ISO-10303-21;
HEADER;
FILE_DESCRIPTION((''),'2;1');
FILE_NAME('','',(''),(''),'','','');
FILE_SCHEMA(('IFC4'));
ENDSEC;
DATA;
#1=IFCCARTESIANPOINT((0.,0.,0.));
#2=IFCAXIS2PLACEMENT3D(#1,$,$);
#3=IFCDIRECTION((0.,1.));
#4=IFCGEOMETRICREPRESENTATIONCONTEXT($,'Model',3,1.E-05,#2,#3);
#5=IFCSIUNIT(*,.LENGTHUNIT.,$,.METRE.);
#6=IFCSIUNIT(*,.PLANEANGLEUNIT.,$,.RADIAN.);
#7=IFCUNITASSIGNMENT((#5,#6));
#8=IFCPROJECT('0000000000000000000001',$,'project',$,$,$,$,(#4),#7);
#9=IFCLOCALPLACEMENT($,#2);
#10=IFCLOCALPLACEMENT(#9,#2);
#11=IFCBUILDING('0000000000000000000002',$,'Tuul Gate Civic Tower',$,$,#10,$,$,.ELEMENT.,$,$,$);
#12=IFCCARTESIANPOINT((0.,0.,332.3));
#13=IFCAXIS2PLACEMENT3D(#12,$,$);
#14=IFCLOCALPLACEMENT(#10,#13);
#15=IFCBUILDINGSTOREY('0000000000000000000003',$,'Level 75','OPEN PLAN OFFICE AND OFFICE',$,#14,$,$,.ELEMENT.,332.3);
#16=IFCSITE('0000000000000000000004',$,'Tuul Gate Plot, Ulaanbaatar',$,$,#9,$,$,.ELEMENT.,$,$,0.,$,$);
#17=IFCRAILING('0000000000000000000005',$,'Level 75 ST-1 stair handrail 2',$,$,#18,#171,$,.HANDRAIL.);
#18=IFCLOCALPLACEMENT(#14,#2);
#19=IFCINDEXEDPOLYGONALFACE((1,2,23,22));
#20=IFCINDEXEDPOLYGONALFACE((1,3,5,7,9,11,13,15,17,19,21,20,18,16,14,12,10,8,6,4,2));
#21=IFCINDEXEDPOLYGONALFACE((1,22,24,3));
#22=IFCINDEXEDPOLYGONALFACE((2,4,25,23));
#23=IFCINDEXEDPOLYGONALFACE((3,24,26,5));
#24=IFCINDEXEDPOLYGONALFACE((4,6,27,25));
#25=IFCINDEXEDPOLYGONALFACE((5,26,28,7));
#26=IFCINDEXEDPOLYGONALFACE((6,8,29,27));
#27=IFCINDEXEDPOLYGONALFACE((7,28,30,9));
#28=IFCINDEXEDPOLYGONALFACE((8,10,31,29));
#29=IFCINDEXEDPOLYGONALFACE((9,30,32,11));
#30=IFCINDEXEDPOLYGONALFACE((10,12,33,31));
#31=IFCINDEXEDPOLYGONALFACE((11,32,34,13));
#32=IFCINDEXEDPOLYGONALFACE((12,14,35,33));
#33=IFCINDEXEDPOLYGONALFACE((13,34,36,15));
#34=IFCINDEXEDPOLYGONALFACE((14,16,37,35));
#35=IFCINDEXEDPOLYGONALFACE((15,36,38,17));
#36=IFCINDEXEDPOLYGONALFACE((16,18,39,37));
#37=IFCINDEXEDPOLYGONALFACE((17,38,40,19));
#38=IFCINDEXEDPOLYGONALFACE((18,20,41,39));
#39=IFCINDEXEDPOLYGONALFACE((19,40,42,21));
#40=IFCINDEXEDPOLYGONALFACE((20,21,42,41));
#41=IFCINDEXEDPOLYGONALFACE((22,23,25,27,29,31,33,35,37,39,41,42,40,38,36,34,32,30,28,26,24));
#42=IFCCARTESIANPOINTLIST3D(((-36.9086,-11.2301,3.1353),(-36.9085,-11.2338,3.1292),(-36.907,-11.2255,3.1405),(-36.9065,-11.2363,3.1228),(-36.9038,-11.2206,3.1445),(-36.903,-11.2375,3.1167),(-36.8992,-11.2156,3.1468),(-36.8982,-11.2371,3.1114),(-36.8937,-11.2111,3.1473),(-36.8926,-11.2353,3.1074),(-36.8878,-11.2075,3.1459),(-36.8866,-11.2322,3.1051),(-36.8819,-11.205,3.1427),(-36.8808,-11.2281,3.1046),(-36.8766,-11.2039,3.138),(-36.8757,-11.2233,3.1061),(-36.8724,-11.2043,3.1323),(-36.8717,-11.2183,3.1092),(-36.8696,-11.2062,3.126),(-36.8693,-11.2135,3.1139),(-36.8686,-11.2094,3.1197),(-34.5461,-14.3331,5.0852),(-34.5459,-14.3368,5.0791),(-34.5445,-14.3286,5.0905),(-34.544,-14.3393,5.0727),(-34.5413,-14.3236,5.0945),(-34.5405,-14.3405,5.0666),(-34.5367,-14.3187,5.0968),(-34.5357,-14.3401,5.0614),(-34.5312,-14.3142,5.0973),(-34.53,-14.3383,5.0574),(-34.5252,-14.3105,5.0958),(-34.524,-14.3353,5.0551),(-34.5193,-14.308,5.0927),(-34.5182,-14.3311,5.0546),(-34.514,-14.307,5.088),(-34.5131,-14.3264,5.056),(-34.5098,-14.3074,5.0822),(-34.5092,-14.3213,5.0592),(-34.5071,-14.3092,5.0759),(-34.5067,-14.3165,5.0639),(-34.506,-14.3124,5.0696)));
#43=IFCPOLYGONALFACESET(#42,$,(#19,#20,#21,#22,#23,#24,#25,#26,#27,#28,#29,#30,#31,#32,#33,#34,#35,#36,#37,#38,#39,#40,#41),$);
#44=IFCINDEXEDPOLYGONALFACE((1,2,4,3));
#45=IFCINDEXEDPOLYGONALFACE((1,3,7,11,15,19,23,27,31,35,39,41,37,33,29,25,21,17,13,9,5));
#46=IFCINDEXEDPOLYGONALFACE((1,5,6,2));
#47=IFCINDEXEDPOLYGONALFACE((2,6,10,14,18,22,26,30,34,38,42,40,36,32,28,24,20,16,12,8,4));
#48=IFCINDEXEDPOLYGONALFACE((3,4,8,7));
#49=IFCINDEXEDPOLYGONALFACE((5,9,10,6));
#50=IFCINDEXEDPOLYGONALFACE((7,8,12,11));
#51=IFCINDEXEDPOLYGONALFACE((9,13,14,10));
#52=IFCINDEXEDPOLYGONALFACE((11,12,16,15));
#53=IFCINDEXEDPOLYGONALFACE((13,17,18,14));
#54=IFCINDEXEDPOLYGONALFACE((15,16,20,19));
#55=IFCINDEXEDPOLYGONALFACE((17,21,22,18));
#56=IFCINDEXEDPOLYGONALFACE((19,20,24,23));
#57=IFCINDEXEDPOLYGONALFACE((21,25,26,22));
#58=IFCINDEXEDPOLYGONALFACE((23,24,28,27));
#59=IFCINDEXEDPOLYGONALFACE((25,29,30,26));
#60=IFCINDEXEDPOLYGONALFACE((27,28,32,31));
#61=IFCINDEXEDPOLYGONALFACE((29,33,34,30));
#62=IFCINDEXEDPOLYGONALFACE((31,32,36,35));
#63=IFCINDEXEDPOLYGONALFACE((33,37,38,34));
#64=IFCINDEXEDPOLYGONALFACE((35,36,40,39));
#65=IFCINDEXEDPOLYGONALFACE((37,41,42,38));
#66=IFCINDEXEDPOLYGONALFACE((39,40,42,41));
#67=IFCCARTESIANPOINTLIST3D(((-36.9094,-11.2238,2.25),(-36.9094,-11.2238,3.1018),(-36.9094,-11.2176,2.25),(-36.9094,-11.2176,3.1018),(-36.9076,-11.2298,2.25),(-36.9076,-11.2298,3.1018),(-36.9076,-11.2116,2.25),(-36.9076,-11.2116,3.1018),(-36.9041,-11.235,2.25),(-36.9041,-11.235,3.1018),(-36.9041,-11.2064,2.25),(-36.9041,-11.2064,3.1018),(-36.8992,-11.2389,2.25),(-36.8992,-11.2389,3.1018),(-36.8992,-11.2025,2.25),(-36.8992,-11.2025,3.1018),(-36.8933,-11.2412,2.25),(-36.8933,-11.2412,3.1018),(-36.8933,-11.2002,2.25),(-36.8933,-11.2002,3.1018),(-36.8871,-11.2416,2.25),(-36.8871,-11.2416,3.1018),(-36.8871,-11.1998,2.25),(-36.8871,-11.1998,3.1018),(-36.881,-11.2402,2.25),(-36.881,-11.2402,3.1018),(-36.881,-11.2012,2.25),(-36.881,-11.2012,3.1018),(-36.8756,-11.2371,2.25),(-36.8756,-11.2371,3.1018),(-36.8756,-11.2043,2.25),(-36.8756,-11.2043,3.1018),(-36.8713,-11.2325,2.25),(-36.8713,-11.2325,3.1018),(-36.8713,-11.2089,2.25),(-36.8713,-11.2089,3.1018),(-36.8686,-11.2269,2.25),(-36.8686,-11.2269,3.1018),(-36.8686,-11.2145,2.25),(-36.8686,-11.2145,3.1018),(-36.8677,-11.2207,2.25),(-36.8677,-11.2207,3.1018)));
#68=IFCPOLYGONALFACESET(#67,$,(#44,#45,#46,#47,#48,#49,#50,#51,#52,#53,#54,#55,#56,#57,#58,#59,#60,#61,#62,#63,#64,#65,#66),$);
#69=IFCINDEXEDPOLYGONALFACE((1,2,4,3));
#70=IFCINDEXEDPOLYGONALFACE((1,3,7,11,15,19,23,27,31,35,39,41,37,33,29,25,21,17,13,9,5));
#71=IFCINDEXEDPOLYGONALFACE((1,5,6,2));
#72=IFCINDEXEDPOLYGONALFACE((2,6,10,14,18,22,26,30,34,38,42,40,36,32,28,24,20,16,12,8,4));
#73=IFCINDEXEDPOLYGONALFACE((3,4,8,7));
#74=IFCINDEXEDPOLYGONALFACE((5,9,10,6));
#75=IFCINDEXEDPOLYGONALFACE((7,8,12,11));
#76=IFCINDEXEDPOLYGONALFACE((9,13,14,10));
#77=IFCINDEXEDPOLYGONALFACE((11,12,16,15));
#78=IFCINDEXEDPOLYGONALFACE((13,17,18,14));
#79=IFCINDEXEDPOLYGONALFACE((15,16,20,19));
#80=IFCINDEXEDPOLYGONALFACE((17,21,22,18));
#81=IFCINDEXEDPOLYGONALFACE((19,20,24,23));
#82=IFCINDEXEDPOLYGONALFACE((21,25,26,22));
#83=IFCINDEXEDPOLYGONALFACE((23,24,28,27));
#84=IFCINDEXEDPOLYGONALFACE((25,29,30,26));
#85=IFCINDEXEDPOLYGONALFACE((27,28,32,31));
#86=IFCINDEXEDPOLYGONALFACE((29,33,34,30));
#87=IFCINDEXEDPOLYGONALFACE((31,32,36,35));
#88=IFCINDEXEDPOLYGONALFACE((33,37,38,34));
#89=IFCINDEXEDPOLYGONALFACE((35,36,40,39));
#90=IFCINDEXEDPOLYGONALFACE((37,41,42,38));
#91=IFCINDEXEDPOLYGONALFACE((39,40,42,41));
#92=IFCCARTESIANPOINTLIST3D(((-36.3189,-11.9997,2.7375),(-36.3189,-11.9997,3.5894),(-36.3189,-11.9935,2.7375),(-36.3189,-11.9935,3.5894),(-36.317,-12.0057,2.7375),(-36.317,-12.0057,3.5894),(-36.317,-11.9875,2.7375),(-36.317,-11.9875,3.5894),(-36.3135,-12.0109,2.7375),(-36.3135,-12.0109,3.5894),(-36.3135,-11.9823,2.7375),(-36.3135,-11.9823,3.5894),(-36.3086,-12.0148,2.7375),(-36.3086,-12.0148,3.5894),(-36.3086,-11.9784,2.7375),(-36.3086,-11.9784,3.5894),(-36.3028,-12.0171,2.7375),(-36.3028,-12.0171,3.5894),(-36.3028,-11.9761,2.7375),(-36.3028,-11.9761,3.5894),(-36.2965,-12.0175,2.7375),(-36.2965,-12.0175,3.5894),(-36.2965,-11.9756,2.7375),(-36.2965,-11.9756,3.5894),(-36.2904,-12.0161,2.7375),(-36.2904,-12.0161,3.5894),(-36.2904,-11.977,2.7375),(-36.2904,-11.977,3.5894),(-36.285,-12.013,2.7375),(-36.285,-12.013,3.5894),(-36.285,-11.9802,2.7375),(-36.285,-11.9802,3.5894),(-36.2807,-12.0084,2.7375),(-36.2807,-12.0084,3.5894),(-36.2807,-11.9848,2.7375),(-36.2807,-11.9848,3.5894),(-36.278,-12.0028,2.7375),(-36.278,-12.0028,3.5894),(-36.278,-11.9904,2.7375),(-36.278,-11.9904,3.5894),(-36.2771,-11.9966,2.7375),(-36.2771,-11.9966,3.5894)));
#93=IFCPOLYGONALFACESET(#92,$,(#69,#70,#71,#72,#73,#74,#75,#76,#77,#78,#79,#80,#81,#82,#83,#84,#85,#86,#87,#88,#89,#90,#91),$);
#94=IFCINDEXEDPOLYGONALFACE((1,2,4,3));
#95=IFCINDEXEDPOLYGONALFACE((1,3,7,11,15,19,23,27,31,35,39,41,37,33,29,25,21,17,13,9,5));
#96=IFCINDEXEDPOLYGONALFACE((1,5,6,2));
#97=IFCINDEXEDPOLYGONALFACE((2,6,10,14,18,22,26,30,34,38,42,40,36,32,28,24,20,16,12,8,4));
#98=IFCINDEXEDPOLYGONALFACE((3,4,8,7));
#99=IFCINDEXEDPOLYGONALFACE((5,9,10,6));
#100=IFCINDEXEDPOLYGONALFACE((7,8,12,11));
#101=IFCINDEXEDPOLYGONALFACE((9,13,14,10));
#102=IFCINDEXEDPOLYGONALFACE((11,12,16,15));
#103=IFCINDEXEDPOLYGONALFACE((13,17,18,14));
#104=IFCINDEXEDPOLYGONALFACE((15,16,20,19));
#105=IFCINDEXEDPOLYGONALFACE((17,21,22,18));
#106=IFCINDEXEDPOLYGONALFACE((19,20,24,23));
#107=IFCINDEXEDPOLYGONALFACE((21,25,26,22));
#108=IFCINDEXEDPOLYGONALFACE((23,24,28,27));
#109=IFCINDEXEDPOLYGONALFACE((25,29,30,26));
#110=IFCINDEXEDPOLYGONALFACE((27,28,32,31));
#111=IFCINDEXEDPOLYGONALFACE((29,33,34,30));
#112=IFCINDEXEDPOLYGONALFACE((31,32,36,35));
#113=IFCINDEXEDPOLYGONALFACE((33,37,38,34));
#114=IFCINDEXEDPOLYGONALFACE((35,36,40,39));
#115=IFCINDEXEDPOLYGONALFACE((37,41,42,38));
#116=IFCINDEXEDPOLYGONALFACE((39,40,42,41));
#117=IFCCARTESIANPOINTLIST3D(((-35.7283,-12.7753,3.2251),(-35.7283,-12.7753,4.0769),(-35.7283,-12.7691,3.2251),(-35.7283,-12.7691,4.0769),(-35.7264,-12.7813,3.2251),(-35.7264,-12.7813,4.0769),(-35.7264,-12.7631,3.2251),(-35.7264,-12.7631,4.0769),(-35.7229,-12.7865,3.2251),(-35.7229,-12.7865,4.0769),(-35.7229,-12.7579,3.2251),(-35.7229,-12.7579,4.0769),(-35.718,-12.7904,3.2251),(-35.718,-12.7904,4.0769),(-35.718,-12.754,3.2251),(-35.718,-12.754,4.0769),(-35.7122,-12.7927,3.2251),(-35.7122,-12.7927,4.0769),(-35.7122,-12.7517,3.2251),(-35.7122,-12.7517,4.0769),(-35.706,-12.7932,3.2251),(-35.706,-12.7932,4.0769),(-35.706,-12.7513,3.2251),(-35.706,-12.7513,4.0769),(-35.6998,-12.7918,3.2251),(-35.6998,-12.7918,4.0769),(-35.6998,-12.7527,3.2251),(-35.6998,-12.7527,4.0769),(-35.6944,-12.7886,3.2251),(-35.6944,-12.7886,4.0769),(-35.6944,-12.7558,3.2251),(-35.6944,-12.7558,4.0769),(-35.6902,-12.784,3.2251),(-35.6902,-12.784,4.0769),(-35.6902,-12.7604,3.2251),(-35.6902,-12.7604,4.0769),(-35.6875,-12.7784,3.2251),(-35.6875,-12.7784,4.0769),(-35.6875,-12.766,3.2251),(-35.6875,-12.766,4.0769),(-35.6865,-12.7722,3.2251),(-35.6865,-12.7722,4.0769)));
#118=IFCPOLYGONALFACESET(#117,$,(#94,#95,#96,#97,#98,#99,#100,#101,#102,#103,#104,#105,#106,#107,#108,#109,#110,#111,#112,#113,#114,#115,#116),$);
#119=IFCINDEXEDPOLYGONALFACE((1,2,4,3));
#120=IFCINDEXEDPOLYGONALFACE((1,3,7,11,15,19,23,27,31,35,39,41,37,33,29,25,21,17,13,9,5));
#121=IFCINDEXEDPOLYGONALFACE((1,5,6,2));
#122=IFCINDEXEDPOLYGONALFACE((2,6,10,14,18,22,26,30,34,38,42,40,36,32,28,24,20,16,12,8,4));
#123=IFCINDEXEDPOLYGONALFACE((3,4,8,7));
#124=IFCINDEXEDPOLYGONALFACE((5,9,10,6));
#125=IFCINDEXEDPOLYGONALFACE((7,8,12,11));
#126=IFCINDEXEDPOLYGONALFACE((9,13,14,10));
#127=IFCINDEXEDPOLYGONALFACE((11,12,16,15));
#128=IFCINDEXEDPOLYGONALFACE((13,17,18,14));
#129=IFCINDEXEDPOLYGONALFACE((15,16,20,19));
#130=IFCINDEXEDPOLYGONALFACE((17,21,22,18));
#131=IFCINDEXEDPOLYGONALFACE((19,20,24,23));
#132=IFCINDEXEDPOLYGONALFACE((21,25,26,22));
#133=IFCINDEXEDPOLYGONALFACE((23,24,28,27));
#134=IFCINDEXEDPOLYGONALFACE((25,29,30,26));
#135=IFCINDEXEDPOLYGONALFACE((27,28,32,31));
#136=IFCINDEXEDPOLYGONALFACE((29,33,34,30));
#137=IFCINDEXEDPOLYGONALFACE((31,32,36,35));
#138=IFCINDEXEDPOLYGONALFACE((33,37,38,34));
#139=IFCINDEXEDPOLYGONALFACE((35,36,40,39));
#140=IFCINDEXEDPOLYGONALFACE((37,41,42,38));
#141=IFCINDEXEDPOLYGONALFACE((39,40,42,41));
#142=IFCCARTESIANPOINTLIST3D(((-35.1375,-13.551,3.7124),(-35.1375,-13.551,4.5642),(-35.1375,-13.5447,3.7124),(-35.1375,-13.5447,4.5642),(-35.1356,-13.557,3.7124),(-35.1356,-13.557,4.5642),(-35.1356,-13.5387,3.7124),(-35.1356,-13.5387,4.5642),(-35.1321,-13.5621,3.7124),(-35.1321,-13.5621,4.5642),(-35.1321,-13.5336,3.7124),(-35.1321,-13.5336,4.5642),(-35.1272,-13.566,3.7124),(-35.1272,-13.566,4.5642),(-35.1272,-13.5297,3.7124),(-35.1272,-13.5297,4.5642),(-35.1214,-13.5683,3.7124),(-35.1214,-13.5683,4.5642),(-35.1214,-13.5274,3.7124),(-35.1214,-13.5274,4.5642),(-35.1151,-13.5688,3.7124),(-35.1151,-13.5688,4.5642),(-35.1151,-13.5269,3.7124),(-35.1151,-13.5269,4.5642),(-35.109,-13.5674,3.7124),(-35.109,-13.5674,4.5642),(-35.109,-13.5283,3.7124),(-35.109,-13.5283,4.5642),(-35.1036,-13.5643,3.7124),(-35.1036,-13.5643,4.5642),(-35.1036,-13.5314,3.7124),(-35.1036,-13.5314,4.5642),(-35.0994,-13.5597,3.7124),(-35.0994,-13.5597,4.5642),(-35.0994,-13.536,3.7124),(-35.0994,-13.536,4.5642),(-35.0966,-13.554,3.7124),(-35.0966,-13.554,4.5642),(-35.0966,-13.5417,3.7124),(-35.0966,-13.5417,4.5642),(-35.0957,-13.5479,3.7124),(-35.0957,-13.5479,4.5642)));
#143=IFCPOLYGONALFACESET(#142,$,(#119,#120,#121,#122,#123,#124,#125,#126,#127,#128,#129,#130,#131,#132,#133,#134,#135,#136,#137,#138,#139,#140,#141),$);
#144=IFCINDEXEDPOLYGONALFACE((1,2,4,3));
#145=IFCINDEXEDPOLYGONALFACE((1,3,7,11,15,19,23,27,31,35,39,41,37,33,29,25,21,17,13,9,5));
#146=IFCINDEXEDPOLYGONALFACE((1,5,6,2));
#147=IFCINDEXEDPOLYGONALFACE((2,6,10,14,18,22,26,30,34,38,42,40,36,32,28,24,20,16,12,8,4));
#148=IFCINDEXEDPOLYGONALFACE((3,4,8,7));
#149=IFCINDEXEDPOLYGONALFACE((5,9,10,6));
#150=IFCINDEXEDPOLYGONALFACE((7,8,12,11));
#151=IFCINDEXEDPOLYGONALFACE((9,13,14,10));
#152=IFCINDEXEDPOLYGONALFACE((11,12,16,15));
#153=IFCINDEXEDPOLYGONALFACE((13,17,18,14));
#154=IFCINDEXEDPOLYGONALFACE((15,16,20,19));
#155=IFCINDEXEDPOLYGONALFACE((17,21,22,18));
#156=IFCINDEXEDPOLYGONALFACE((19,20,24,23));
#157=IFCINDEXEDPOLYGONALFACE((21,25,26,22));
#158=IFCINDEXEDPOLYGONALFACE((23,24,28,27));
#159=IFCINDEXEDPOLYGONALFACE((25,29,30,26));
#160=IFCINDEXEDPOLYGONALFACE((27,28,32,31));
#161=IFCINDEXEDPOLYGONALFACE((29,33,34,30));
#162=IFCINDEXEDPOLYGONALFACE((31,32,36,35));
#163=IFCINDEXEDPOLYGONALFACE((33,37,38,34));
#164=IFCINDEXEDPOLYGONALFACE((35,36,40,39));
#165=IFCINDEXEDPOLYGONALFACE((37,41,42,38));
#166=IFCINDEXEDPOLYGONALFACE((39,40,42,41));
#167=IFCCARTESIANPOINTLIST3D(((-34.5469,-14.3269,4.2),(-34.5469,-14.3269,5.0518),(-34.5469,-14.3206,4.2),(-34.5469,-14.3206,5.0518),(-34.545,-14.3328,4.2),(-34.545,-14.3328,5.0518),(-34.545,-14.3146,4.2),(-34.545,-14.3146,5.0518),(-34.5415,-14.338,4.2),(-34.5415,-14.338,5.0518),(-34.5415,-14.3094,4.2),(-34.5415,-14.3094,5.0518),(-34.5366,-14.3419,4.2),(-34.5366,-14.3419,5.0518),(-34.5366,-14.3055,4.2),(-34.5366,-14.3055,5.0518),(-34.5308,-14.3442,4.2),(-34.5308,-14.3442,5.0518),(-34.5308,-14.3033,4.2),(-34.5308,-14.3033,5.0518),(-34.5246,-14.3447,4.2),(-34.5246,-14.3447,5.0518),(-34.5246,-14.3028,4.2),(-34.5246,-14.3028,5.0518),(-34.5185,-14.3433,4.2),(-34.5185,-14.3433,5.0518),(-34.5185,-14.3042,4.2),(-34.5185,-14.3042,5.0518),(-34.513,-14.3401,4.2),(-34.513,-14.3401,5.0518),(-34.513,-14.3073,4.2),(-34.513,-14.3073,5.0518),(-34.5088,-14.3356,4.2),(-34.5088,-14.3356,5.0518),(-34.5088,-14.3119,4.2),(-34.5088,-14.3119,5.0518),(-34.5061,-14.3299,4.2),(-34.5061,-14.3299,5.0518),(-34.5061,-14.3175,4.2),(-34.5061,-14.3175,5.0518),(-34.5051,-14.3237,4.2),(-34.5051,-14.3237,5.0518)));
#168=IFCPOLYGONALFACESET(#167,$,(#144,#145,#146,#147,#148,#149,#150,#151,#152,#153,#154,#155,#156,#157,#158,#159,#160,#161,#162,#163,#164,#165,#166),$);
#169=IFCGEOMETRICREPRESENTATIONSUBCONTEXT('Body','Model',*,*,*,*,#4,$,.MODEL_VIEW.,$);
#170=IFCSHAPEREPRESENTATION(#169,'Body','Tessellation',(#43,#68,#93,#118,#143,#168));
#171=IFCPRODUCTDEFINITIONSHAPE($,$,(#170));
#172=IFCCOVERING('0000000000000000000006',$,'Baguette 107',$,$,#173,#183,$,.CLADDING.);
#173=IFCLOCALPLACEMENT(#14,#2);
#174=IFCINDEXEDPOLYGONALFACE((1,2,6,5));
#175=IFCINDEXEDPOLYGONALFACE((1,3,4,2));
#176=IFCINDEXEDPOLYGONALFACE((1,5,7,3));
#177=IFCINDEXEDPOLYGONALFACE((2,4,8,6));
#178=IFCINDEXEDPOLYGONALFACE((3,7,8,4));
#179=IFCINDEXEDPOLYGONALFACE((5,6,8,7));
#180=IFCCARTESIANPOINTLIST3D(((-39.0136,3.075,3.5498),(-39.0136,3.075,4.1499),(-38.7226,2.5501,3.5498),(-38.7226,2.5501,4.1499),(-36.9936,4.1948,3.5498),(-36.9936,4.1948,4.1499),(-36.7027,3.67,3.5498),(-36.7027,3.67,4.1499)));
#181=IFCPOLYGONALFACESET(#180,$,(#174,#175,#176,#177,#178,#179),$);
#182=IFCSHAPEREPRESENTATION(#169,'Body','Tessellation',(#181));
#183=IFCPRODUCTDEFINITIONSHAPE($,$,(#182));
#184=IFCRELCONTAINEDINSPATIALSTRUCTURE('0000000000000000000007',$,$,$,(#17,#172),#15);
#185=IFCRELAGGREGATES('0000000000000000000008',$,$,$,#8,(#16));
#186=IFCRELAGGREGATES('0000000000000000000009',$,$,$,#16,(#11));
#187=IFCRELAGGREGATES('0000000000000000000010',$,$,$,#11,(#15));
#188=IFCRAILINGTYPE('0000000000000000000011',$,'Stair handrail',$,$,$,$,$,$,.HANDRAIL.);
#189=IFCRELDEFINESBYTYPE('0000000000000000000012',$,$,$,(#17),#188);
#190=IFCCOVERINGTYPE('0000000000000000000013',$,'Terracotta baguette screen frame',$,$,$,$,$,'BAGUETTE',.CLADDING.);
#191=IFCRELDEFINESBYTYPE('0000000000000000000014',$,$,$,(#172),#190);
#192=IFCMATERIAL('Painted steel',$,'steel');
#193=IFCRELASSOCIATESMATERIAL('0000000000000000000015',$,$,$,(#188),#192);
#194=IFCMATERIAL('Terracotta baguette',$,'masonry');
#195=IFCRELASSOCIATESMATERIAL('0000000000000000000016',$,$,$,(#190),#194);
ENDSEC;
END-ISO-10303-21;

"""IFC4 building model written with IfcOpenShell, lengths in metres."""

from ifc_helpers import new_model, si_unit, direction, frame, origin, origin_2d, place, context, subcontext, project, spatial, rectangle, circle, extrude, material, material_profile, profile_set, type_object, element, save


model = new_model("IFC4")

# Units and contexts
model_context = context("Model", 3, precision=1e-05, world=origin(), true_north=direction((0.0, 1.0)))
body_context = subcontext(model_context, "Body", "Model", "MODEL_VIEW")
ifc_project = project(units=[si_unit("LENGTHUNIT", "METRE"), si_unit("PLANEANGLEUNIT", "RADIAN")], contexts=[model_context])

# Site, building, storey
site_placement = place(None, origin())
site = spatial("IfcSite", under=ifc_project, at=site_placement, Name="Tuul Gate Plot, Ulaanbaatar", CompositionType="ELEMENT", RefElevation=0.0)
building_placement = place(site_placement, origin())
building = spatial("IfcBuilding", under=site, at=building_placement, Name="Tuul Gate Civic Tower", CompositionType="ELEMENT")
storey_placement = place(building_placement, frame((0.0, 0.0, 332.3)))
storey = spatial("IfcBuildingStorey", under=building, at=storey_placement, Name="Level 75", Description="OPEN PLAN OFFICE AND OFFICE", CompositionType="ELEMENT", Elevation=332.3)

# Railing
ifc_material_1 = material(Name="Painted steel", Category="steel")
railing_type_1 = type_object("IfcRailingType", Name="Stair handrail", PredefinedType="HANDRAIL", material=ifc_material_1)
railing_1_placement = place(storey_placement, frame((-36.8887, -11.2207, 2.25)))
element("IfcRailing", 1, at=railing_1_placement, inside=storey, type_object=railing_type_1, Name="Level 75 ST-1 stair handrail 2", PredefinedType="HANDRAIL", context=body_context, shape_type="SweptSolid", body=[
    extrude(circle(Radius=0.0239, at=origin_2d()), frame((0.0, 0.0, 0.876), z_axis=(0.541824, -0.711645, 0.4472), x_axis=(0.795637, 0.605773, 0.0)), (0.0, 0.0, 1.0), 4.3604),
    extrude(circle(Radius=0.021, at=origin_2d()), origin(), (0.0, 0.0, 1.0), 0.8518),
    extrude(circle(Radius=0.021, at=origin_2d()), frame((0.5906, -0.7759, 0.4875)), (0.0, 0.0, 1.0), 0.8518),
    extrude(circle(Radius=0.021, at=origin_2d()), frame((1.1812, -1.5515, 0.9751)), (0.0, 0.0, 1.0), 0.8518),
    extrude(circle(Radius=0.021, at=origin_2d()), frame((1.772, -2.3271, 1.4624)), (0.0, 0.0, 1.0), 0.8518),
    extrude(circle(Radius=0.021, at=origin_2d()), frame((2.3625, -3.103, 1.95)), (0.0, 0.0, 1.0), 0.8518),
])

# Covering
ifc_material_2 = material(Name="Terracotta baguette", Category="masonry")
ifc_material_profile_1 = material_profile(ifc_material_2, rectangle(XDim=0.6001, YDim=0.6001, at=origin_2d()), Name="Terracotta baguette screen frame")
ifc_profile_set_1 = profile_set([ifc_material_profile_1], Name="Terracotta baguette")
covering_type = type_object("IfcCoveringType", Name="Terracotta baguette screen frame", ElementType="BAGUETTE", PredefinedType="CLADDING", material=ifc_profile_set_1)
covering_placement = place(storey_placement, frame((-36.8481, 3.9324, 3.8499), z_axis=(-0.874591, -0.484862, 0.0), x_axis=(0.484862, -0.874591, 0.0)))
element("IfcCovering", 2, at=covering_placement, inside=storey, type_object=covering_type, Name="Baguette 107", PredefinedType="CLADDING", context=body_context, shape_type="SweptSolid", body=[
    extrude(rectangle(XDim=0.6001, YDim=0.6001, at=origin_2d()), origin(), (0.0, 0.0, 1.0), 2.3096),
])

save(model, "model.ifc")
